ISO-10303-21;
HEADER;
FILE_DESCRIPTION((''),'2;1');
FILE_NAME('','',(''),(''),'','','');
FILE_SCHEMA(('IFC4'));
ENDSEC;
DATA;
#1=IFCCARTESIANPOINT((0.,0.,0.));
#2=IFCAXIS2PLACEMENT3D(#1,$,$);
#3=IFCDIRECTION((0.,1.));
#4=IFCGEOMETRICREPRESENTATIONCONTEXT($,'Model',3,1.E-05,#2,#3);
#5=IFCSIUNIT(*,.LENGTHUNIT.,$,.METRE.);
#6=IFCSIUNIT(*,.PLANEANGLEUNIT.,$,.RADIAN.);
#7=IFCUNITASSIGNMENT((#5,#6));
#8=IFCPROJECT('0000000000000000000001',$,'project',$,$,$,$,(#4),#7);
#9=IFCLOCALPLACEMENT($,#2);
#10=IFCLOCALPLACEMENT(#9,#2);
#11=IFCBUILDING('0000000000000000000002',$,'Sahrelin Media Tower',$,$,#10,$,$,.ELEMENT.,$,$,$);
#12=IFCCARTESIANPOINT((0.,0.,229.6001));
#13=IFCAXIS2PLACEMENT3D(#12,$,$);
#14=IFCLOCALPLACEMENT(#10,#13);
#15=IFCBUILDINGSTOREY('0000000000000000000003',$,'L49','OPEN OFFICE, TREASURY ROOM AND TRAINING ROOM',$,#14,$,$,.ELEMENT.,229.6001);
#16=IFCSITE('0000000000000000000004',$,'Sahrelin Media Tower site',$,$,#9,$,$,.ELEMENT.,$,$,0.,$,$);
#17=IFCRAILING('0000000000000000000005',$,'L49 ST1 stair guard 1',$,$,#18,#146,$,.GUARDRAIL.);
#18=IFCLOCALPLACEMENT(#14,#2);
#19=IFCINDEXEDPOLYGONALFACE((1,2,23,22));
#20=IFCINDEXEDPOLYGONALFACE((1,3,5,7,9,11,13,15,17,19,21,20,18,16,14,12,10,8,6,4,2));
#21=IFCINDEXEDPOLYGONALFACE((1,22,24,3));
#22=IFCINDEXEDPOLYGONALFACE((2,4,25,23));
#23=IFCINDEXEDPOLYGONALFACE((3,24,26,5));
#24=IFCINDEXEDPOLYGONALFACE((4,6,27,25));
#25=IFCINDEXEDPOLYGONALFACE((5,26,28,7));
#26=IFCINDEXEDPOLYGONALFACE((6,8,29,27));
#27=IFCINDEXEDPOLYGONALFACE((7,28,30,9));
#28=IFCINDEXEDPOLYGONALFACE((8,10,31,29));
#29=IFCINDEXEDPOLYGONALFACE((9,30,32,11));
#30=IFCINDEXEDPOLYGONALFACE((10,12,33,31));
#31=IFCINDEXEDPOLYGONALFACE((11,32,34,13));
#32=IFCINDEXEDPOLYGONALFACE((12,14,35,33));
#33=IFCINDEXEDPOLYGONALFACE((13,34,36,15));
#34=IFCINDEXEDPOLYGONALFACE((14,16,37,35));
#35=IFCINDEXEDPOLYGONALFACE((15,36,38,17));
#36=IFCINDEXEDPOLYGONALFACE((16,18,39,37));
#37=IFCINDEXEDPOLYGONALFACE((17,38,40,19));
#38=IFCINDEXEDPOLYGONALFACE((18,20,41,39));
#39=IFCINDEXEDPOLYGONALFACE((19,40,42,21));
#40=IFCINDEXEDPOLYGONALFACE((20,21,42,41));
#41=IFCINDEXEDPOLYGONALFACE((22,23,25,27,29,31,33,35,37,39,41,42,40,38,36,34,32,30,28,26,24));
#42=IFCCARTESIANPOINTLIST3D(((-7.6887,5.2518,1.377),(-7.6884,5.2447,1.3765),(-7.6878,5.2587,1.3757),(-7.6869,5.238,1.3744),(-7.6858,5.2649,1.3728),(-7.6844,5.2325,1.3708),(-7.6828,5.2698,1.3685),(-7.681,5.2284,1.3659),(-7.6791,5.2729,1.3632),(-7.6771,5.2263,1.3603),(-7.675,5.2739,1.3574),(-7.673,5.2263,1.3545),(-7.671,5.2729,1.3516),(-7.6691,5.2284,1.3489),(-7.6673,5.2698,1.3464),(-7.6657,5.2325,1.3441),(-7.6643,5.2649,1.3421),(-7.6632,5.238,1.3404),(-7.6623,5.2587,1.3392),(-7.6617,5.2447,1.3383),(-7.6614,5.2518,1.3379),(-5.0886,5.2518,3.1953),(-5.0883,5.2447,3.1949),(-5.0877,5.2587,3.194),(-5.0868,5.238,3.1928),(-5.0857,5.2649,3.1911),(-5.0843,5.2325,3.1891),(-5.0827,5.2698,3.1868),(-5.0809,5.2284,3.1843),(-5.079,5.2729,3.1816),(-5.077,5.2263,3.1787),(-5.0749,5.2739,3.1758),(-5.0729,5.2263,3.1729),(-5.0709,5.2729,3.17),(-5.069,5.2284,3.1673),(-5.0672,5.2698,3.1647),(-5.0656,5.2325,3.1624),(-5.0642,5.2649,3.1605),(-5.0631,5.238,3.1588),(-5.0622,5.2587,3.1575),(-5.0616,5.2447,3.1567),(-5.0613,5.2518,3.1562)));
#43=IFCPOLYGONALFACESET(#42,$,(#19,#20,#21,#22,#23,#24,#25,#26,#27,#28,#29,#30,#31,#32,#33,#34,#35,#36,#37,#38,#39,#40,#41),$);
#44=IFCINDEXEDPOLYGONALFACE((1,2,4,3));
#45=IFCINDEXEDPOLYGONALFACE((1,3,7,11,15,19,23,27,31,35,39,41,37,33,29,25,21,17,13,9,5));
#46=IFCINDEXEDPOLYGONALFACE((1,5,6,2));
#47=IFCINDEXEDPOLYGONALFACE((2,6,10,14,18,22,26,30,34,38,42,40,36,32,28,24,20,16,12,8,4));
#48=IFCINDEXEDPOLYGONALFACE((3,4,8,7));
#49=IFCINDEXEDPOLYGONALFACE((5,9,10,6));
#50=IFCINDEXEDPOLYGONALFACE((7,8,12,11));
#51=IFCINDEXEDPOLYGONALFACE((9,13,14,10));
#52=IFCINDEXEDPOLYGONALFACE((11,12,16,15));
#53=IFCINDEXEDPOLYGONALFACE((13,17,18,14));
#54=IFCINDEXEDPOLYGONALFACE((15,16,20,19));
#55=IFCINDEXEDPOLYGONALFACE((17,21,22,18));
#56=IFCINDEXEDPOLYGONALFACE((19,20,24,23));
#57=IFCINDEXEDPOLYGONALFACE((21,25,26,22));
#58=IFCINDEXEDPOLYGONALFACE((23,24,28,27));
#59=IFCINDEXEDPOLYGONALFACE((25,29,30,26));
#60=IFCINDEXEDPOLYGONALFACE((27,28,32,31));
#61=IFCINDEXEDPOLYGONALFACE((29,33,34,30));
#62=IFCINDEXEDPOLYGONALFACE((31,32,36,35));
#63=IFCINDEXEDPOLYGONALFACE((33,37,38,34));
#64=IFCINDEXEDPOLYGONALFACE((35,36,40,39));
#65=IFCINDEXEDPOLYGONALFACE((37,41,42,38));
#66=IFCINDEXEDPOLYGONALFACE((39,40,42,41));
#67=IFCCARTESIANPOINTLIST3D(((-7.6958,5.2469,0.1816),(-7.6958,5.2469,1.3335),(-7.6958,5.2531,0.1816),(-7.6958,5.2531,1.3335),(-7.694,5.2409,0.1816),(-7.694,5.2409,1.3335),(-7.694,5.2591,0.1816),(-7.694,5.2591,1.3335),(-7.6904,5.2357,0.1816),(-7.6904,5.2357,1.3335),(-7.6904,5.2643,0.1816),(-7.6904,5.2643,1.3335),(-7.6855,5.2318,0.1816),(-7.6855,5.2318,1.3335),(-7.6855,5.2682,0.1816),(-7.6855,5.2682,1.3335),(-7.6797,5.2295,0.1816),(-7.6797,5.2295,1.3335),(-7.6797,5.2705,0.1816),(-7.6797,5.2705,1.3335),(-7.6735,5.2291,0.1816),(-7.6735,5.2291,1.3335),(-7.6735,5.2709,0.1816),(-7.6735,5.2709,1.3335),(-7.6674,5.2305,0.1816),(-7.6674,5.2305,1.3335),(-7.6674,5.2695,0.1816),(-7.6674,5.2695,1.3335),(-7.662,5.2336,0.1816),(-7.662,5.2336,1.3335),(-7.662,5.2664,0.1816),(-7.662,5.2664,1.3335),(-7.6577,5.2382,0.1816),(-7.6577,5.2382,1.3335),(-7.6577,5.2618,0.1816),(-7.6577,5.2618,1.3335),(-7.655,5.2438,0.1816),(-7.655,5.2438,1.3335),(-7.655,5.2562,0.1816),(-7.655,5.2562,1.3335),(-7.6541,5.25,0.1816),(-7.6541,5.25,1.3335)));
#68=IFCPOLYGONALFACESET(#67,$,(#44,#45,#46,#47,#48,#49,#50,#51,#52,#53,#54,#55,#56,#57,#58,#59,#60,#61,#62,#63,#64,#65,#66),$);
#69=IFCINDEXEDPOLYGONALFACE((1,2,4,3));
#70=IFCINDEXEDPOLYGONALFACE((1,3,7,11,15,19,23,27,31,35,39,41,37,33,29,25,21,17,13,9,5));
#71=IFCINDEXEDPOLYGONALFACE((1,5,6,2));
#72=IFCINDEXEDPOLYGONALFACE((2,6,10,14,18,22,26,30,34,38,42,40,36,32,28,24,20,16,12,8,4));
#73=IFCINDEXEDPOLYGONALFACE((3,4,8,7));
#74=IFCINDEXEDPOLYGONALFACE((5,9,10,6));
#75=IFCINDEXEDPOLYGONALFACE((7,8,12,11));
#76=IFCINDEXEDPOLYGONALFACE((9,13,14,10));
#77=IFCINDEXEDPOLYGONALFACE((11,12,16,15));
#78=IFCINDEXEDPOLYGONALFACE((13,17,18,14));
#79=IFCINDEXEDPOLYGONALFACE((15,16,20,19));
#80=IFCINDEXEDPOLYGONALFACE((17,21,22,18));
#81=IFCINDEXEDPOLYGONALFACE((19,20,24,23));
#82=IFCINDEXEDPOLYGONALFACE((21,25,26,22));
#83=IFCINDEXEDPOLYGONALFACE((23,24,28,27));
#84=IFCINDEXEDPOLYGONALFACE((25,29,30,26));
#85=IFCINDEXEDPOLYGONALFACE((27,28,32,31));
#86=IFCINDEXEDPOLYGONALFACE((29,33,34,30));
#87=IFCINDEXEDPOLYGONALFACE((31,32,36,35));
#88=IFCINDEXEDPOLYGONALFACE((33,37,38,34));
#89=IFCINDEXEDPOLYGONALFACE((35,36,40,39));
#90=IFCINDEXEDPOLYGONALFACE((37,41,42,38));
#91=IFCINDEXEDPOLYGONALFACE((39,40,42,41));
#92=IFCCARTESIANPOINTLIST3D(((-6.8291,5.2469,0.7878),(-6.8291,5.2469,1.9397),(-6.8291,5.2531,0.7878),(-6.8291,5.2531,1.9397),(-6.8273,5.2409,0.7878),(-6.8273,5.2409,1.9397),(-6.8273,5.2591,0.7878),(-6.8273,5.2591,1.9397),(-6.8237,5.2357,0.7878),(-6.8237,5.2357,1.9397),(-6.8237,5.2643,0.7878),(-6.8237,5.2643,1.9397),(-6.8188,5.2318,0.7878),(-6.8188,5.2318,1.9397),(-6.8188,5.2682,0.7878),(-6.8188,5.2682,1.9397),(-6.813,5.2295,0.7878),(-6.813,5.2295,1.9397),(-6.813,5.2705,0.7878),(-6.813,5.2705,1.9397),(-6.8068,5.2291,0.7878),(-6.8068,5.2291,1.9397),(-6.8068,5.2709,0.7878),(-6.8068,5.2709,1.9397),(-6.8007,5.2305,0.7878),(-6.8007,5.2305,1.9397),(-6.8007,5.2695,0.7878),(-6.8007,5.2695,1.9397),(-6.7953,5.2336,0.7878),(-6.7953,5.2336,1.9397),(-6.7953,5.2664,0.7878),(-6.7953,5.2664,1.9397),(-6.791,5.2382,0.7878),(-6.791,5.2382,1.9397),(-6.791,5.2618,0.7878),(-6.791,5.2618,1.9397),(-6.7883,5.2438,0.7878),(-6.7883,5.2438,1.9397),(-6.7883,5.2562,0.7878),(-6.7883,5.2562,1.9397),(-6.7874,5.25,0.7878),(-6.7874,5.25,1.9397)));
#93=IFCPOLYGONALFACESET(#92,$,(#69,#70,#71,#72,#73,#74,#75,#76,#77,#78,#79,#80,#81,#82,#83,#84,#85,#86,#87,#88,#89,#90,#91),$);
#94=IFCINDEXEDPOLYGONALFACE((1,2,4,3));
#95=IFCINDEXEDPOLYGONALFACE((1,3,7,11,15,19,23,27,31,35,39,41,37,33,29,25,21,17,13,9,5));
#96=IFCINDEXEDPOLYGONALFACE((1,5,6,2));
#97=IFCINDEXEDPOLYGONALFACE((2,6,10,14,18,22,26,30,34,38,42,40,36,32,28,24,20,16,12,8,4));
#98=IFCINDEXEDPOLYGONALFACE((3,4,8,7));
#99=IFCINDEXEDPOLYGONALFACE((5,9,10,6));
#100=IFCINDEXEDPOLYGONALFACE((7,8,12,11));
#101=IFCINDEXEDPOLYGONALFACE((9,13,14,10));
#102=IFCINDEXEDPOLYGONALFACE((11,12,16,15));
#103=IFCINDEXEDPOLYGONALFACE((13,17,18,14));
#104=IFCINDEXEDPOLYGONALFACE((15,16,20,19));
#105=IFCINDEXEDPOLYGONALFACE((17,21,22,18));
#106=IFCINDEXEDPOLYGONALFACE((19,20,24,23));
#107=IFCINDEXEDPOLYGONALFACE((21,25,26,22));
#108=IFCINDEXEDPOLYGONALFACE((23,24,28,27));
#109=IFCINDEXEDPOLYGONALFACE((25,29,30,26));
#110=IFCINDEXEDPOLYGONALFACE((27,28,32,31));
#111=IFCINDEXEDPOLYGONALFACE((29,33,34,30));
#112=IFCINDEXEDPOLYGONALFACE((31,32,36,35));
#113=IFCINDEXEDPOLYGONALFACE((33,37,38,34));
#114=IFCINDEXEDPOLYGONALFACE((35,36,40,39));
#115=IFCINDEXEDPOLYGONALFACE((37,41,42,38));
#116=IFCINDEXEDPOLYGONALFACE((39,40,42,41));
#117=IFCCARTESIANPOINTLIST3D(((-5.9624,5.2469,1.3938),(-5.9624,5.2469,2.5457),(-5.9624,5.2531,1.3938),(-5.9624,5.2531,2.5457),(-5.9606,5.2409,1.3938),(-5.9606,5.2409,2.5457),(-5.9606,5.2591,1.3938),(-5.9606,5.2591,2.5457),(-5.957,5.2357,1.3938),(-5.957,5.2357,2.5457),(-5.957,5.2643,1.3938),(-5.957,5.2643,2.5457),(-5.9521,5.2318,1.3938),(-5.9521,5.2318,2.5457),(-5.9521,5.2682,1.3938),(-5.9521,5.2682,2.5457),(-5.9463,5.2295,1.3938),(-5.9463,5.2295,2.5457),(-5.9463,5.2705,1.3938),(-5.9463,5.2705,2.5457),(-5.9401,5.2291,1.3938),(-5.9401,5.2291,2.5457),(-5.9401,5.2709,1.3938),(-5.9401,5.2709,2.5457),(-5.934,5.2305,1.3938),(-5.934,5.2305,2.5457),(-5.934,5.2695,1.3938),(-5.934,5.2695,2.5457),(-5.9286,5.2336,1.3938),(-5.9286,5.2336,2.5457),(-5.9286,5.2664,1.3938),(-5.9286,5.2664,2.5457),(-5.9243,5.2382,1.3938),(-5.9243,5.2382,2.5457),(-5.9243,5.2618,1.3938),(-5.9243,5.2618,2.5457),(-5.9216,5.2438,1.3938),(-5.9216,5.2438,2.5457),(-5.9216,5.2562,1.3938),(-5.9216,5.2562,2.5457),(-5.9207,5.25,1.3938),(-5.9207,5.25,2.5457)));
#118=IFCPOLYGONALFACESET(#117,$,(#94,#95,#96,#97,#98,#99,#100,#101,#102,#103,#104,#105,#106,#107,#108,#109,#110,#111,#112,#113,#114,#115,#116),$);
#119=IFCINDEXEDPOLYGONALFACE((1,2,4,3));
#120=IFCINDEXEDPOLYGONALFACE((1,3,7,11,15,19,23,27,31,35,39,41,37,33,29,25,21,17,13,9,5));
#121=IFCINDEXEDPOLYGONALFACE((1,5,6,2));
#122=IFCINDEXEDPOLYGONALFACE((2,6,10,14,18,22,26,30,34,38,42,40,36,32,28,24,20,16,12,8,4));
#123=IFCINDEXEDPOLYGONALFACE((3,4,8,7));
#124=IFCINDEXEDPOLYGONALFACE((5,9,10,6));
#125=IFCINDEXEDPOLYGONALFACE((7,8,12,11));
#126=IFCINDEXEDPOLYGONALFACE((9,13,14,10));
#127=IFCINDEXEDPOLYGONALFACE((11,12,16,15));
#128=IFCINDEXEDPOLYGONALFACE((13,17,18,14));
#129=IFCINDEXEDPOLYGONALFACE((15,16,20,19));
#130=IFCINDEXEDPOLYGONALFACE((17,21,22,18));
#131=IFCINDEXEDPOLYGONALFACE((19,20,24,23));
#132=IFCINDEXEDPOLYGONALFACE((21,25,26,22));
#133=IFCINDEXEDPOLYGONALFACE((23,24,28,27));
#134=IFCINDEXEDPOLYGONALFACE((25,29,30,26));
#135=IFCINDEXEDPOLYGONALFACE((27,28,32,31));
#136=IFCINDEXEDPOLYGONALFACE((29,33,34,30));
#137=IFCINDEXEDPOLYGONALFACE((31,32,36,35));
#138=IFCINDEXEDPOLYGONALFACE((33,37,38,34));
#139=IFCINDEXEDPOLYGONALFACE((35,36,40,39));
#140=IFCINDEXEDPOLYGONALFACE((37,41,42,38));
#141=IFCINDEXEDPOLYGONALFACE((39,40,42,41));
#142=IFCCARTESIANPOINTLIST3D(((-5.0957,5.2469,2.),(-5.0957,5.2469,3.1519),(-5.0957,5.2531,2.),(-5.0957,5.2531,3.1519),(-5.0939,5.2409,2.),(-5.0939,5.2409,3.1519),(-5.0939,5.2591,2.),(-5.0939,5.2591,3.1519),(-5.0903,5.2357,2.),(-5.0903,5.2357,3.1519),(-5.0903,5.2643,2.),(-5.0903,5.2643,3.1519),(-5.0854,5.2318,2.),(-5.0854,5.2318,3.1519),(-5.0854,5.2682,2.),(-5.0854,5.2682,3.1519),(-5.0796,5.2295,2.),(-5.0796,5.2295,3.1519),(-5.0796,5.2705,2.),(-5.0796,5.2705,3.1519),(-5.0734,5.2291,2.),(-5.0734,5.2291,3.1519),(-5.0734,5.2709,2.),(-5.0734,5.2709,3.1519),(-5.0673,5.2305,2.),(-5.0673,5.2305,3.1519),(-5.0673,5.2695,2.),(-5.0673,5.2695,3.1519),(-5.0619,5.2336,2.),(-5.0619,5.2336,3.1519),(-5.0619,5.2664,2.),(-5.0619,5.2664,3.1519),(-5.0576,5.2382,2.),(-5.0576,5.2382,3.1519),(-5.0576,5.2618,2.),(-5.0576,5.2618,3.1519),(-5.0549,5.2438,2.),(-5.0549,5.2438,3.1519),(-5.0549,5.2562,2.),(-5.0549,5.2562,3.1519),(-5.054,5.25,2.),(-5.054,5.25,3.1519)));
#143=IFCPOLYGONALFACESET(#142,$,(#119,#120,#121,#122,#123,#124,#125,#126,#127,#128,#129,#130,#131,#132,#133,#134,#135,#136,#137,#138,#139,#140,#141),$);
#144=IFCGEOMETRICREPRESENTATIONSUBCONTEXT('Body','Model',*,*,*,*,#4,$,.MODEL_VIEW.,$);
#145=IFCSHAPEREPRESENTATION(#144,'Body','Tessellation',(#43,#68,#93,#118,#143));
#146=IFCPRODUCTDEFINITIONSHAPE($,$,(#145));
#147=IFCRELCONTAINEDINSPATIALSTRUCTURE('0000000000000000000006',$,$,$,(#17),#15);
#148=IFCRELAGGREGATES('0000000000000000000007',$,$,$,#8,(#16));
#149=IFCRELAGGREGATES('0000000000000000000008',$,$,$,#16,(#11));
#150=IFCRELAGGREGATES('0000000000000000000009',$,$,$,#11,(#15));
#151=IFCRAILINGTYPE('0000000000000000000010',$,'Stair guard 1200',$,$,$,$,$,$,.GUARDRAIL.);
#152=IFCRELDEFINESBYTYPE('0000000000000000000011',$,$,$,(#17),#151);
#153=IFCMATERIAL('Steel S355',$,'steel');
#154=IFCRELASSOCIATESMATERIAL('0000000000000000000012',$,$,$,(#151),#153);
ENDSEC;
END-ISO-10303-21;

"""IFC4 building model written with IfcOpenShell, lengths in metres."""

from ifc_helpers import new_model, si_unit, direction, frame, origin, origin_2d, place, context, subcontext, project, spatial, circle, extrude, material, type_object, element, save


model = new_model("IFC4")

# Units and contexts
model_context = context("Model", 3, precision=1e-05, world=origin(), true_north=direction((0.0, 1.0)))
body_context = subcontext(model_context, "Body", "Model", "MODEL_VIEW")
ifc_project = project(units=[si_unit("LENGTHUNIT", "METRE"), si_unit("PLANEANGLEUNIT", "RADIAN")], contexts=[model_context])

# Site, building, storey
site_placement = place(None, origin())
site = spatial("IfcSite", under=ifc_project, at=site_placement, Name="Sahrelin Media Tower site", CompositionType="ELEMENT", RefElevation=0.0)
building_placement = place(site_placement, origin())
building = spatial("IfcBuilding", under=site, at=building_placement, Name="Sahrelin Media Tower", CompositionType="ELEMENT")
storey_placement = place(building_placement, frame((0.0, 0.0, 229.6001)))
storey = spatial("IfcBuildingStorey", under=building, at=storey_placement, Name="L49", Description="OPEN OFFICE, TREASURY ROOM AND TRAINING ROOM", CompositionType="ELEMENT", Elevation=229.6001)

# Shared definitions
ifc_material_1 = material(Name="Steel S355", Category="steel")

# Railing
railing_type_1 = type_object("IfcRailingType", Name="Stair guard 1200", PredefinedType="GUARDRAIL", material=ifc_material_1)
railing_1_placement = place(storey_placement, frame((-7.675, 5.25, 0.1816)))
element("IfcRailing", 1, at=railing_1_placement, inside=storey, type_object=railing_type_1, Name="L49 ST1 stair guard 1", PredefinedType="GUARDRAIL", context=body_context, shape_type="SweptSolid", body=[
    extrude(circle(Radius=0.0239, at=origin_2d()), frame((0.0, 0.0, 1.1758), z_axis=(0.819485, 0.0, 0.573101), x_axis=(0.0, 1.0, 0.0)), (0.0, 0.0, 1.0), 3.1729),
    extrude(circle(Radius=0.021, at=origin_2d()), origin(), (0.0, 0.0, 1.0), 1.1519),
    extrude(circle(Radius=0.021, at=origin_2d()), frame((0.8667, 0.0, 0.6062)), (0.0, 0.0, 1.0), 1.1519),
    extrude(circle(Radius=0.021, at=origin_2d()), frame((1.7334, 0.0, 1.2122)), (0.0, 0.0, 1.0), 1.1519),
    extrude(circle(Radius=0.021, at=origin_2d()), frame((2.6001, 0.0, 1.8184)), (0.0, 0.0, 1.0), 1.1519),
])

save(model, "model.ifc")
